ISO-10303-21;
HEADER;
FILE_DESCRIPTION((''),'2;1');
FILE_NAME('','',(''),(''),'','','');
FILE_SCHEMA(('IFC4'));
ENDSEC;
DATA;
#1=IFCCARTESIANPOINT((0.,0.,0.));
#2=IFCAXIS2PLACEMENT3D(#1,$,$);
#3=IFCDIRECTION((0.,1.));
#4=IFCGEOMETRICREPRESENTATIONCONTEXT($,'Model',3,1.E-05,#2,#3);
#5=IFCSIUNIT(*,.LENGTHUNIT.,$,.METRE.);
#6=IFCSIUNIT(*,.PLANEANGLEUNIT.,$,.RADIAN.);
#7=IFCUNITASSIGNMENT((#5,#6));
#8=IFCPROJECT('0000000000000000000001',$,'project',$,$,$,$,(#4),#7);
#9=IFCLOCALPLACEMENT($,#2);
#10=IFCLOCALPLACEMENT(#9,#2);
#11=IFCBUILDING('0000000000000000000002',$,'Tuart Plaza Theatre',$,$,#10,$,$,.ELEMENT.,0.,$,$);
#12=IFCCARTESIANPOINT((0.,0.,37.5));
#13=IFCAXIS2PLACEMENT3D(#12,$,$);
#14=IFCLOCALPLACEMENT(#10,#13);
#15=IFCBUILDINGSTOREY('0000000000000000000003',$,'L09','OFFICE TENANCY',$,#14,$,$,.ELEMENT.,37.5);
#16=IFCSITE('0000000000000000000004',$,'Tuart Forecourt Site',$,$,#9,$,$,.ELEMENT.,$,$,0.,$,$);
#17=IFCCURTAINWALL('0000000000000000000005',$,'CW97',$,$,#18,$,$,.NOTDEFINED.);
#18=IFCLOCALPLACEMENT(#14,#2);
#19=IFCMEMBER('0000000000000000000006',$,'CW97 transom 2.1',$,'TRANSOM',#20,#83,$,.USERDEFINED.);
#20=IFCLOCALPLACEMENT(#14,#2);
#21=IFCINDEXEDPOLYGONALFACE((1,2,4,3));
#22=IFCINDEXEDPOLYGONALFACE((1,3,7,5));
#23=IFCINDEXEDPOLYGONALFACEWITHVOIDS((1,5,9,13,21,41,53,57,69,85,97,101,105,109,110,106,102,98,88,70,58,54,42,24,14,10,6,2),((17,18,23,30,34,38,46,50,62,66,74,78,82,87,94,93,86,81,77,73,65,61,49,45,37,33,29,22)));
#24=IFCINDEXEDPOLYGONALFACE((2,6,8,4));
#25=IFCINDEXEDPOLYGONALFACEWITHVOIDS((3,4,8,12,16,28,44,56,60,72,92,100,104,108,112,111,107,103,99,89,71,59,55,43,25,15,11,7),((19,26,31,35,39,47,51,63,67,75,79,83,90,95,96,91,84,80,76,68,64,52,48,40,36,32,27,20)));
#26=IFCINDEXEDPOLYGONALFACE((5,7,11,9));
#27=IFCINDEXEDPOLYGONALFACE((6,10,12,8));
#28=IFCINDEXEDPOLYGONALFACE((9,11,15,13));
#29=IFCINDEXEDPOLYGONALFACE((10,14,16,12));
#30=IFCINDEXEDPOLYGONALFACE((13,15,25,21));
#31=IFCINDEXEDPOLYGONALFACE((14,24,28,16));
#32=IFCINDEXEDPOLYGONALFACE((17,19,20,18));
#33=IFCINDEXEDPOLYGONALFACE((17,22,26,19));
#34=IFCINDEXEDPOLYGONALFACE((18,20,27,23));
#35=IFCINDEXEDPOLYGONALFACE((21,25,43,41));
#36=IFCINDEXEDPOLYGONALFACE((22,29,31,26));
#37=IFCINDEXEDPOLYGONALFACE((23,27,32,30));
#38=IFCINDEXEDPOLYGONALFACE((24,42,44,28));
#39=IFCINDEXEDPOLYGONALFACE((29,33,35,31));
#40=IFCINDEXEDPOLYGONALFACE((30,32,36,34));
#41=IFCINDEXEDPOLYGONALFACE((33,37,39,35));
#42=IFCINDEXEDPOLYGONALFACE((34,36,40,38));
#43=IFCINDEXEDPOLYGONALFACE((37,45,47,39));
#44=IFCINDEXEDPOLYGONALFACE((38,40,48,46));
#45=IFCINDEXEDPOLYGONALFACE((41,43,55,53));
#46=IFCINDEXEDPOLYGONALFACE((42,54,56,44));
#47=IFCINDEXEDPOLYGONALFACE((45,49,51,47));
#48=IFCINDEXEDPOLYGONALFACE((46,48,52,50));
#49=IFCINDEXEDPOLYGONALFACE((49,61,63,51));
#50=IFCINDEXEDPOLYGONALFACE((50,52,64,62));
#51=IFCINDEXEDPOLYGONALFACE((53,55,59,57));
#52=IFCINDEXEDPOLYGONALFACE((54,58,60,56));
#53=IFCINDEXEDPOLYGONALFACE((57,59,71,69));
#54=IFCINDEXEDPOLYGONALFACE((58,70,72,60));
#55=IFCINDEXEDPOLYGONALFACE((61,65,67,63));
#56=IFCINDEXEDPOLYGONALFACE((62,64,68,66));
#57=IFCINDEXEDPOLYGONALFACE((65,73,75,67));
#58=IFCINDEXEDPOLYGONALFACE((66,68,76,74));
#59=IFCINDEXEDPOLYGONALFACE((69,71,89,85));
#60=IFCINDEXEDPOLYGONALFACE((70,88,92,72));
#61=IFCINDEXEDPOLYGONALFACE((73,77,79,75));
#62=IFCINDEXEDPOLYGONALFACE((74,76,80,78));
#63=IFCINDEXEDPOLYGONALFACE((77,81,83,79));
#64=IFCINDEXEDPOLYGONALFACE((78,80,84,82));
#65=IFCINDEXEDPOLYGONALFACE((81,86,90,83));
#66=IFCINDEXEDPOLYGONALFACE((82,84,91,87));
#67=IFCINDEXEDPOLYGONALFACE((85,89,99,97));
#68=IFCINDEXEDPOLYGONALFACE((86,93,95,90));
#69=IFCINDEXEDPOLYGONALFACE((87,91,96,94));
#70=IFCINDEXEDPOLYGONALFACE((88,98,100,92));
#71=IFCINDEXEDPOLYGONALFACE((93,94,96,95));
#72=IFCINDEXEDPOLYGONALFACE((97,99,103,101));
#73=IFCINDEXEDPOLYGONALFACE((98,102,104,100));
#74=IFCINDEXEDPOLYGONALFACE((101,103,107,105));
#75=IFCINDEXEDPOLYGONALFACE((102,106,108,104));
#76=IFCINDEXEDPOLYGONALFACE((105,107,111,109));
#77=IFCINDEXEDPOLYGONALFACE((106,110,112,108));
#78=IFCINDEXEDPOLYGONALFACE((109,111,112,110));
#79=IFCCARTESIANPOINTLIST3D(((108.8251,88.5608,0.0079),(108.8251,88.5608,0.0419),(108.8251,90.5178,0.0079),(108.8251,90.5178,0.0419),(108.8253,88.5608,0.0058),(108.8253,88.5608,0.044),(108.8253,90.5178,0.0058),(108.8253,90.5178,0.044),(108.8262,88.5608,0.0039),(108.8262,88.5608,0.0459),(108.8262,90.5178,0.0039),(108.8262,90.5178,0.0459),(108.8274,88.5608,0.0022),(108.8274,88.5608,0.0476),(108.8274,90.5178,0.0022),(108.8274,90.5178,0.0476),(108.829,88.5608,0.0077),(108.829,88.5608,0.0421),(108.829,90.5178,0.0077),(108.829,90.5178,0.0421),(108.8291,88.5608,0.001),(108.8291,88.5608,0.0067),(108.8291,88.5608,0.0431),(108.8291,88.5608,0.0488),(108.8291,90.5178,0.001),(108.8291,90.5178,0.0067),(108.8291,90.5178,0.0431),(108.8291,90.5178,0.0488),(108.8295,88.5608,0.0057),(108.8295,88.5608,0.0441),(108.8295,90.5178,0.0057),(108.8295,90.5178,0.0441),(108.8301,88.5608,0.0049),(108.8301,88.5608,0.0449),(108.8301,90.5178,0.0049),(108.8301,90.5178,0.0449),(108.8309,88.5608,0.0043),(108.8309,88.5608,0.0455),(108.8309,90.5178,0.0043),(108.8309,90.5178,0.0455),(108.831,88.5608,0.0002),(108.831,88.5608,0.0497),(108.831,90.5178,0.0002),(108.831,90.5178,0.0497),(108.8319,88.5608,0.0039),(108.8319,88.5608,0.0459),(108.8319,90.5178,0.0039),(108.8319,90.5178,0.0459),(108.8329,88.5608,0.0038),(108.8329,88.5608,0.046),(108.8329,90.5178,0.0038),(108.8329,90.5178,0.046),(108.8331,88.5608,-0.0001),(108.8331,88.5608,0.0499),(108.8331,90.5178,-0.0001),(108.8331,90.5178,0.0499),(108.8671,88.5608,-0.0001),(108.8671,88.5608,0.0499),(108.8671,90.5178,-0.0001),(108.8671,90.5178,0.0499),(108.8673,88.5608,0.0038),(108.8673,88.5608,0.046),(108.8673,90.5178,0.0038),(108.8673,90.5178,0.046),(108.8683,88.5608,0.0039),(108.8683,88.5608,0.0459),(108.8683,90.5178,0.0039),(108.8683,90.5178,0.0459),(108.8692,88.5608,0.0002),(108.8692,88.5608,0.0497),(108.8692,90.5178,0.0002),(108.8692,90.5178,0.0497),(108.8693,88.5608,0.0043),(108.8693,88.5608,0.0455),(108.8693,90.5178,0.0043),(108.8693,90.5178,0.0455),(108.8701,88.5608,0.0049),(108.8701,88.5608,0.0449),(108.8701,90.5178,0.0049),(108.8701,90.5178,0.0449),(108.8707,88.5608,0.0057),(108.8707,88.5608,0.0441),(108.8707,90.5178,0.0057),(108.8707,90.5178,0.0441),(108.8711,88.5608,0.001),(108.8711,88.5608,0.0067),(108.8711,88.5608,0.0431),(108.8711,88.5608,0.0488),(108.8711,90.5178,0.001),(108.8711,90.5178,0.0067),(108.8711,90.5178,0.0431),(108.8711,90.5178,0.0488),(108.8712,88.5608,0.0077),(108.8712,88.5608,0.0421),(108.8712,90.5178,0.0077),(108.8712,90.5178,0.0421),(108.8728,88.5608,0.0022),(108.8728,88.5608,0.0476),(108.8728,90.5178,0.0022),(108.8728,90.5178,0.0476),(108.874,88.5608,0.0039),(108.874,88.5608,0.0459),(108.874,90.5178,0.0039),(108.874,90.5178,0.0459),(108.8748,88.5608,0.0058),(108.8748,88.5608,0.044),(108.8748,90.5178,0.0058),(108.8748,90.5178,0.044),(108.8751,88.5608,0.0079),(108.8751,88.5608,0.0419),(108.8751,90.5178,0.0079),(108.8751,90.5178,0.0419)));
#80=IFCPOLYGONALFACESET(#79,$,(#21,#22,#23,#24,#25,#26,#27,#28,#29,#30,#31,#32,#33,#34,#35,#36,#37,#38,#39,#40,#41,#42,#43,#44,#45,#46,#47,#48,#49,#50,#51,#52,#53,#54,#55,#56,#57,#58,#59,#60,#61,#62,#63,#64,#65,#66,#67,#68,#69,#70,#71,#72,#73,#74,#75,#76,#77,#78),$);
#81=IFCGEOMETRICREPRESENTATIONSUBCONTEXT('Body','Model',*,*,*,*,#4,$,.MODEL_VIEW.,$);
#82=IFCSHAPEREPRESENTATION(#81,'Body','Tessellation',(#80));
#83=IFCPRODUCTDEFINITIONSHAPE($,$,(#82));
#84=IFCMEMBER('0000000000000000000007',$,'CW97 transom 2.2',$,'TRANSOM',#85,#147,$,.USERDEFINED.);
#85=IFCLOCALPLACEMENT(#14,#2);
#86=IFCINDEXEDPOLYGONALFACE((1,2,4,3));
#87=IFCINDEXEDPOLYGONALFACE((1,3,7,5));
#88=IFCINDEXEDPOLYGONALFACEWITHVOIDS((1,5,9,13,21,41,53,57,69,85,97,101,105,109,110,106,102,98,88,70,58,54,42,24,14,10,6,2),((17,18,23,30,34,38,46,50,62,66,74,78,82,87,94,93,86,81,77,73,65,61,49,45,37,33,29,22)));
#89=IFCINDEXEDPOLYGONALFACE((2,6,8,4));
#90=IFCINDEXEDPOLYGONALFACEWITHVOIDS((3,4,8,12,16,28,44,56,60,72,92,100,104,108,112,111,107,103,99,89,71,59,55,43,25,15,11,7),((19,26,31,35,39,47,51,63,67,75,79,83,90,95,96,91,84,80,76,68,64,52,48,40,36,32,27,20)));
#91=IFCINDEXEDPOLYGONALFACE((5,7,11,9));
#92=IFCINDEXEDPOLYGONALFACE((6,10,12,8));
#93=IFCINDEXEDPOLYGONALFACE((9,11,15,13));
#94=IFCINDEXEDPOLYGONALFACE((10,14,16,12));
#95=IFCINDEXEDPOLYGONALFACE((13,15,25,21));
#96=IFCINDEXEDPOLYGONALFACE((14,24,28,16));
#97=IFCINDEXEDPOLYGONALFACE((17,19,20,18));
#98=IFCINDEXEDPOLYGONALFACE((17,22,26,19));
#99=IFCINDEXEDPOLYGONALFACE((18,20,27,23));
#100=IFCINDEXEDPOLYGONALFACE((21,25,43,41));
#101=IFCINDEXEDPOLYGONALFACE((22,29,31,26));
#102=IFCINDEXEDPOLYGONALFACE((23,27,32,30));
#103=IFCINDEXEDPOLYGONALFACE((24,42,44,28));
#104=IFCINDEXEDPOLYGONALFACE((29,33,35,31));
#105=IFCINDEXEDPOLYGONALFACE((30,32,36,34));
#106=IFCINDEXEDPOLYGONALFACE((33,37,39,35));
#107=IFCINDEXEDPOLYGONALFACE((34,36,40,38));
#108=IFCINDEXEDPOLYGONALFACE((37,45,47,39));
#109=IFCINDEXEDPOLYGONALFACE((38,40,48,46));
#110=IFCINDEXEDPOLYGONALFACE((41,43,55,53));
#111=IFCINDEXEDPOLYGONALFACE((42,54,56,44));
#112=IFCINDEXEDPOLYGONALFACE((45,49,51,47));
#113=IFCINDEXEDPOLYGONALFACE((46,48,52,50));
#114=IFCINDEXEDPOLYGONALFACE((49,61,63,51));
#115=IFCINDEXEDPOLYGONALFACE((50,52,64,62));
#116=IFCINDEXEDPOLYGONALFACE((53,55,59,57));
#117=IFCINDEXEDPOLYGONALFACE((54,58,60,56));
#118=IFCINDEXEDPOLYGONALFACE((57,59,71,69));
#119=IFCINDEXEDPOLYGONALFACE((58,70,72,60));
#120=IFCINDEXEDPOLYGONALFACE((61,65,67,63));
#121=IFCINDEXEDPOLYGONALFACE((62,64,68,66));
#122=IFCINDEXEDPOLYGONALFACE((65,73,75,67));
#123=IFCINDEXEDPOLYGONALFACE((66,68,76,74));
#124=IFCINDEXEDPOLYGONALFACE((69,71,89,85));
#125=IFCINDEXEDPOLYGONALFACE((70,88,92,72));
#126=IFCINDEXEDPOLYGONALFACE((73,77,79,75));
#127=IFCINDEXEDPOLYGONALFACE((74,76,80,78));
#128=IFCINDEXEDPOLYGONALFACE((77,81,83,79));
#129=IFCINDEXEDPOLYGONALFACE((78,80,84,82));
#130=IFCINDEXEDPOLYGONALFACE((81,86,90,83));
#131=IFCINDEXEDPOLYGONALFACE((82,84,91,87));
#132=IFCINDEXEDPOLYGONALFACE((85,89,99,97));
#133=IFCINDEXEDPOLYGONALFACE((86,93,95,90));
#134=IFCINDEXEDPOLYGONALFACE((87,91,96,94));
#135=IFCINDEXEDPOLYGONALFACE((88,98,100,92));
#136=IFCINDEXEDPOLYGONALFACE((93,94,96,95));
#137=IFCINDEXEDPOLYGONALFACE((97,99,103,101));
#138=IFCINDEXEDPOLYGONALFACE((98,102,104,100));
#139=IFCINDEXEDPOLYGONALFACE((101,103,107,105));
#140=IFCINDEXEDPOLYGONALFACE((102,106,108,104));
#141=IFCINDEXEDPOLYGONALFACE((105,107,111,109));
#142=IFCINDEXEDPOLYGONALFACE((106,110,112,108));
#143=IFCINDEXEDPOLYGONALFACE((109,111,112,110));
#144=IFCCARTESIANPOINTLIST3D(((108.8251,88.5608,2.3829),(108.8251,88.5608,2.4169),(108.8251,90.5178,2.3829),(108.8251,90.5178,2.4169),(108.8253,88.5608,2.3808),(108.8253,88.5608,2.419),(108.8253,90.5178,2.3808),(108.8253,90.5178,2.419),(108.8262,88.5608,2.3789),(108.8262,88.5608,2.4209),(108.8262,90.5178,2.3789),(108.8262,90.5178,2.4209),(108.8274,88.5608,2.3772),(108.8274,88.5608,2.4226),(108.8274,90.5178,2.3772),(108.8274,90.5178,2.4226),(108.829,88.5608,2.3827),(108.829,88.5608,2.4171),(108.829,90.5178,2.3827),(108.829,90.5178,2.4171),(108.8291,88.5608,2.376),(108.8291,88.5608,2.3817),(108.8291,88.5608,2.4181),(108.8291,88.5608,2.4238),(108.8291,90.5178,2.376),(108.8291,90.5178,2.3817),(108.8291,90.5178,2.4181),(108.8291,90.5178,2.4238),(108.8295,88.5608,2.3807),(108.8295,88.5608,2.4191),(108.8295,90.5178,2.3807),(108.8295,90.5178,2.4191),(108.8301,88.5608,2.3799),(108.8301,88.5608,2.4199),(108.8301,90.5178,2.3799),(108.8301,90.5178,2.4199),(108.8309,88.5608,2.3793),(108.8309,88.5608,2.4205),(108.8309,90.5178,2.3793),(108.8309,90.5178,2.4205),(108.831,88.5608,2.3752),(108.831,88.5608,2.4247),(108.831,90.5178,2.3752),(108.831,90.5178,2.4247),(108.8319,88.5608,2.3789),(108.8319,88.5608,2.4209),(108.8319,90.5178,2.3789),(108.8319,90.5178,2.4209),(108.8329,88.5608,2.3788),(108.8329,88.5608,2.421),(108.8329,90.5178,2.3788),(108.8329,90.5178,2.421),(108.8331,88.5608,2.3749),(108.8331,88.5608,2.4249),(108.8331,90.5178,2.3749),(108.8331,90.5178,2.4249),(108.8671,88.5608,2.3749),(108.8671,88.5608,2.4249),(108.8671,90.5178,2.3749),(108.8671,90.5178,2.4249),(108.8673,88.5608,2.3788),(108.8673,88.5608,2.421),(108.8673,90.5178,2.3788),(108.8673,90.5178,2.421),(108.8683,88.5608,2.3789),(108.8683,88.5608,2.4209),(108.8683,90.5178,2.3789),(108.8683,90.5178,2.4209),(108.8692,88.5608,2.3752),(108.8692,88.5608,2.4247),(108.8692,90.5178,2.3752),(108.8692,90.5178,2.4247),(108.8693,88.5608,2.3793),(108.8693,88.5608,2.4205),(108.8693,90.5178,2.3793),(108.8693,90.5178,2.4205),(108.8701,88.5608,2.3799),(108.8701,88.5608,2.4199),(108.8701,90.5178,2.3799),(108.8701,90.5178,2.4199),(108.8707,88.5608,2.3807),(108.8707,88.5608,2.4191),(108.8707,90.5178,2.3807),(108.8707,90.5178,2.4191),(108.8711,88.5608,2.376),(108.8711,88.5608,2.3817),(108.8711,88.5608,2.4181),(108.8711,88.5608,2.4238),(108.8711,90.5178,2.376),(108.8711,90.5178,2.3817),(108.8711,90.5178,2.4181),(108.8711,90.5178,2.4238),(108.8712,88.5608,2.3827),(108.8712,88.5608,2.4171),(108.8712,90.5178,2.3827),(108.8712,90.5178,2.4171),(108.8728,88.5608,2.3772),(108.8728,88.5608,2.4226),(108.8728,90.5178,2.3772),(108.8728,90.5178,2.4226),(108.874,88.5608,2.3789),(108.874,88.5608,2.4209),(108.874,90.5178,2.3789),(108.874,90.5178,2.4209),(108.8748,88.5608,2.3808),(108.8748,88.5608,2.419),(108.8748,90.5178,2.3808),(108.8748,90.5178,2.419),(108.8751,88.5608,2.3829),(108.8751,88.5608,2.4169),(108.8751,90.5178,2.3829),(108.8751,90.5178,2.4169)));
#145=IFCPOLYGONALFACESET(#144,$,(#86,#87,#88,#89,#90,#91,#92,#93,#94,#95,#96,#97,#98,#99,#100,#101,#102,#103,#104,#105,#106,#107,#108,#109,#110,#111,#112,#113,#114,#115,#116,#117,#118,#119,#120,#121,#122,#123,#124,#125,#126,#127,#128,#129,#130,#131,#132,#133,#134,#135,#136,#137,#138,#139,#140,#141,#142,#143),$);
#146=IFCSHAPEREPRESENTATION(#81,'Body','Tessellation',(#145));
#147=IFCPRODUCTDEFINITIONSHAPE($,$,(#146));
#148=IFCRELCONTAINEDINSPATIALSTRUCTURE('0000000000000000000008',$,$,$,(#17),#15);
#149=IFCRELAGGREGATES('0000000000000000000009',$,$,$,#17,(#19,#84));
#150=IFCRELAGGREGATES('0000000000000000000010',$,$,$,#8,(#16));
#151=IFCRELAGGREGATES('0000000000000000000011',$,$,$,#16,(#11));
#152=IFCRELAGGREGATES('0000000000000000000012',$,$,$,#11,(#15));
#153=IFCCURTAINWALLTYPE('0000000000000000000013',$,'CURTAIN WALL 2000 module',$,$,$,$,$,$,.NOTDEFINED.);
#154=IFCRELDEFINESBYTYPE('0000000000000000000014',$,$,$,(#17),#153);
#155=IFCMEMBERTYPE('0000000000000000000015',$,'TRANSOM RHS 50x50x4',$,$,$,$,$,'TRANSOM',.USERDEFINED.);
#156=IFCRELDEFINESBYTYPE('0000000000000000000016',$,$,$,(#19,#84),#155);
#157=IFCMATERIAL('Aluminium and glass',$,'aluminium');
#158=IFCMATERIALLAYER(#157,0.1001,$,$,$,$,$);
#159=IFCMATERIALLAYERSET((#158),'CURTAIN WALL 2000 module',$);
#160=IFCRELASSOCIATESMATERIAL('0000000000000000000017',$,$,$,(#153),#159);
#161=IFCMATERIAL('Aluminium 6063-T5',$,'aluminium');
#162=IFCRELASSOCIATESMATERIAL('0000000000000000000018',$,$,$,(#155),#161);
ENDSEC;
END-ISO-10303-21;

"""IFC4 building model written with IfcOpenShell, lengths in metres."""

from ifc_helpers import new_model, si_unit, direction, frame, origin, origin_2d, place, context, subcontext, project, spatial, hollow_rectangle, extrude, material, layer, layer_set, material_profile, profile_set, type_object, element, aggregate, save


model = new_model("IFC4")

# Units and contexts
model_context = context("Model", 3, precision=1e-05, world=origin(), true_north=direction((0.0, 1.0)))
body_context = subcontext(model_context, "Body", "Model", "MODEL_VIEW")
ifc_project = project(units=[si_unit("LENGTHUNIT", "METRE"), si_unit("PLANEANGLEUNIT", "RADIAN")], contexts=[model_context])

# Site, building, storey
site_placement = place(None, origin())
site = spatial("IfcSite", under=ifc_project, at=site_placement, Name="Tuart Forecourt Site", CompositionType="ELEMENT", RefElevation=0.0)
building_placement = place(site_placement, origin())
building = spatial("IfcBuilding", under=site, at=building_placement, Name="Tuart Plaza Theatre", CompositionType="ELEMENT", ElevationOfRefHeight=0.0)
storey_placement = place(building_placement, frame((0.0, 0.0, 37.5)))
storey = spatial("IfcBuildingStorey", under=building, at=storey_placement, Name="L09", Description="OFFICE TENANCY", CompositionType="ELEMENT", Elevation=37.5)

# Curtain wall, members
ifc_material_1 = material(Name="Aluminium and glass", Category="aluminium")
ifc_layer_1 = layer(ifc_material_1, 0.1001)
ifc_layer_set_1 = layer_set([ifc_layer_1], Name="CURTAIN WALL 2000 module")
curtain_wall_type = type_object("IfcCurtainWallType", Name="CURTAIN WALL 2000 module", PredefinedType="NOTDEFINED", material=ifc_layer_set_1)
curtain_wall_placement = place(storey_placement, origin())
curtain_wall = element("IfcCurtainWall", 1, at=curtain_wall_placement, inside=storey, type_object=curtain_wall_type, Name="CW97", PredefinedType="NOTDEFINED")
ifc_material_2 = material(Name="Aluminium 6063-T5", Category="aluminium")
ifc_material_profile_1 = material_profile(ifc_material_2, hollow_rectangle(XDim=0.05, YDim=0.05, WallThickness=0.0039, InnerFilletRadius=0.0039, OuterFilletRadius=0.0081, at=origin_2d()), Name="RHS 50x50x4")
ifc_profile_set_1 = profile_set([ifc_material_profile_1], Name="Aluminium 6063-T5")
member_type_1 = type_object("IfcMemberType", Name="TRANSOM RHS 50x50x4", ElementType="TRANSOM", PredefinedType="USERDEFINED", material=ifc_profile_set_1)
member_1_placement = place(storey_placement, frame((108.8501, 90.5178, 0.0249), z_axis=(0.0, -1.0, 0.0), x_axis=(1.0, 0.0, 0.0)))
member_1 = element("IfcMember", 2, at=member_1_placement, type_object=member_type_1, Name="CW97 transom 2.1", ObjectType="TRANSOM", PredefinedType="USERDEFINED", context=body_context, shape_type="SweptSolid", body=[
    extrude(hollow_rectangle(XDim=0.05, YDim=0.05, WallThickness=0.0039, InnerFilletRadius=0.0039, OuterFilletRadius=0.0081, at=origin_2d()), origin(), (0.0, 0.0, 1.0), 1.957),
])
member_2_placement = place(storey_placement, frame((108.8501, 90.5178, 2.3999), z_axis=(0.0, -1.0, 0.0), x_axis=(1.0, 0.0, 0.0)))
member_2 = element("IfcMember", 3, at=member_2_placement, type_object=member_type_1, Name="CW97 transom 2.2", ObjectType="TRANSOM", PredefinedType="USERDEFINED", context=body_context, shape_type="SweptSolid", body=[
    extrude(hollow_rectangle(XDim=0.05, YDim=0.05, WallThickness=0.0039, InnerFilletRadius=0.0039, OuterFilletRadius=0.0081, at=origin_2d()), origin(), (0.0, 0.0, 1.0), 1.957),
])
aggregate(curtain_wall, [member_1, member_2])

save(model, "model.ifc")
